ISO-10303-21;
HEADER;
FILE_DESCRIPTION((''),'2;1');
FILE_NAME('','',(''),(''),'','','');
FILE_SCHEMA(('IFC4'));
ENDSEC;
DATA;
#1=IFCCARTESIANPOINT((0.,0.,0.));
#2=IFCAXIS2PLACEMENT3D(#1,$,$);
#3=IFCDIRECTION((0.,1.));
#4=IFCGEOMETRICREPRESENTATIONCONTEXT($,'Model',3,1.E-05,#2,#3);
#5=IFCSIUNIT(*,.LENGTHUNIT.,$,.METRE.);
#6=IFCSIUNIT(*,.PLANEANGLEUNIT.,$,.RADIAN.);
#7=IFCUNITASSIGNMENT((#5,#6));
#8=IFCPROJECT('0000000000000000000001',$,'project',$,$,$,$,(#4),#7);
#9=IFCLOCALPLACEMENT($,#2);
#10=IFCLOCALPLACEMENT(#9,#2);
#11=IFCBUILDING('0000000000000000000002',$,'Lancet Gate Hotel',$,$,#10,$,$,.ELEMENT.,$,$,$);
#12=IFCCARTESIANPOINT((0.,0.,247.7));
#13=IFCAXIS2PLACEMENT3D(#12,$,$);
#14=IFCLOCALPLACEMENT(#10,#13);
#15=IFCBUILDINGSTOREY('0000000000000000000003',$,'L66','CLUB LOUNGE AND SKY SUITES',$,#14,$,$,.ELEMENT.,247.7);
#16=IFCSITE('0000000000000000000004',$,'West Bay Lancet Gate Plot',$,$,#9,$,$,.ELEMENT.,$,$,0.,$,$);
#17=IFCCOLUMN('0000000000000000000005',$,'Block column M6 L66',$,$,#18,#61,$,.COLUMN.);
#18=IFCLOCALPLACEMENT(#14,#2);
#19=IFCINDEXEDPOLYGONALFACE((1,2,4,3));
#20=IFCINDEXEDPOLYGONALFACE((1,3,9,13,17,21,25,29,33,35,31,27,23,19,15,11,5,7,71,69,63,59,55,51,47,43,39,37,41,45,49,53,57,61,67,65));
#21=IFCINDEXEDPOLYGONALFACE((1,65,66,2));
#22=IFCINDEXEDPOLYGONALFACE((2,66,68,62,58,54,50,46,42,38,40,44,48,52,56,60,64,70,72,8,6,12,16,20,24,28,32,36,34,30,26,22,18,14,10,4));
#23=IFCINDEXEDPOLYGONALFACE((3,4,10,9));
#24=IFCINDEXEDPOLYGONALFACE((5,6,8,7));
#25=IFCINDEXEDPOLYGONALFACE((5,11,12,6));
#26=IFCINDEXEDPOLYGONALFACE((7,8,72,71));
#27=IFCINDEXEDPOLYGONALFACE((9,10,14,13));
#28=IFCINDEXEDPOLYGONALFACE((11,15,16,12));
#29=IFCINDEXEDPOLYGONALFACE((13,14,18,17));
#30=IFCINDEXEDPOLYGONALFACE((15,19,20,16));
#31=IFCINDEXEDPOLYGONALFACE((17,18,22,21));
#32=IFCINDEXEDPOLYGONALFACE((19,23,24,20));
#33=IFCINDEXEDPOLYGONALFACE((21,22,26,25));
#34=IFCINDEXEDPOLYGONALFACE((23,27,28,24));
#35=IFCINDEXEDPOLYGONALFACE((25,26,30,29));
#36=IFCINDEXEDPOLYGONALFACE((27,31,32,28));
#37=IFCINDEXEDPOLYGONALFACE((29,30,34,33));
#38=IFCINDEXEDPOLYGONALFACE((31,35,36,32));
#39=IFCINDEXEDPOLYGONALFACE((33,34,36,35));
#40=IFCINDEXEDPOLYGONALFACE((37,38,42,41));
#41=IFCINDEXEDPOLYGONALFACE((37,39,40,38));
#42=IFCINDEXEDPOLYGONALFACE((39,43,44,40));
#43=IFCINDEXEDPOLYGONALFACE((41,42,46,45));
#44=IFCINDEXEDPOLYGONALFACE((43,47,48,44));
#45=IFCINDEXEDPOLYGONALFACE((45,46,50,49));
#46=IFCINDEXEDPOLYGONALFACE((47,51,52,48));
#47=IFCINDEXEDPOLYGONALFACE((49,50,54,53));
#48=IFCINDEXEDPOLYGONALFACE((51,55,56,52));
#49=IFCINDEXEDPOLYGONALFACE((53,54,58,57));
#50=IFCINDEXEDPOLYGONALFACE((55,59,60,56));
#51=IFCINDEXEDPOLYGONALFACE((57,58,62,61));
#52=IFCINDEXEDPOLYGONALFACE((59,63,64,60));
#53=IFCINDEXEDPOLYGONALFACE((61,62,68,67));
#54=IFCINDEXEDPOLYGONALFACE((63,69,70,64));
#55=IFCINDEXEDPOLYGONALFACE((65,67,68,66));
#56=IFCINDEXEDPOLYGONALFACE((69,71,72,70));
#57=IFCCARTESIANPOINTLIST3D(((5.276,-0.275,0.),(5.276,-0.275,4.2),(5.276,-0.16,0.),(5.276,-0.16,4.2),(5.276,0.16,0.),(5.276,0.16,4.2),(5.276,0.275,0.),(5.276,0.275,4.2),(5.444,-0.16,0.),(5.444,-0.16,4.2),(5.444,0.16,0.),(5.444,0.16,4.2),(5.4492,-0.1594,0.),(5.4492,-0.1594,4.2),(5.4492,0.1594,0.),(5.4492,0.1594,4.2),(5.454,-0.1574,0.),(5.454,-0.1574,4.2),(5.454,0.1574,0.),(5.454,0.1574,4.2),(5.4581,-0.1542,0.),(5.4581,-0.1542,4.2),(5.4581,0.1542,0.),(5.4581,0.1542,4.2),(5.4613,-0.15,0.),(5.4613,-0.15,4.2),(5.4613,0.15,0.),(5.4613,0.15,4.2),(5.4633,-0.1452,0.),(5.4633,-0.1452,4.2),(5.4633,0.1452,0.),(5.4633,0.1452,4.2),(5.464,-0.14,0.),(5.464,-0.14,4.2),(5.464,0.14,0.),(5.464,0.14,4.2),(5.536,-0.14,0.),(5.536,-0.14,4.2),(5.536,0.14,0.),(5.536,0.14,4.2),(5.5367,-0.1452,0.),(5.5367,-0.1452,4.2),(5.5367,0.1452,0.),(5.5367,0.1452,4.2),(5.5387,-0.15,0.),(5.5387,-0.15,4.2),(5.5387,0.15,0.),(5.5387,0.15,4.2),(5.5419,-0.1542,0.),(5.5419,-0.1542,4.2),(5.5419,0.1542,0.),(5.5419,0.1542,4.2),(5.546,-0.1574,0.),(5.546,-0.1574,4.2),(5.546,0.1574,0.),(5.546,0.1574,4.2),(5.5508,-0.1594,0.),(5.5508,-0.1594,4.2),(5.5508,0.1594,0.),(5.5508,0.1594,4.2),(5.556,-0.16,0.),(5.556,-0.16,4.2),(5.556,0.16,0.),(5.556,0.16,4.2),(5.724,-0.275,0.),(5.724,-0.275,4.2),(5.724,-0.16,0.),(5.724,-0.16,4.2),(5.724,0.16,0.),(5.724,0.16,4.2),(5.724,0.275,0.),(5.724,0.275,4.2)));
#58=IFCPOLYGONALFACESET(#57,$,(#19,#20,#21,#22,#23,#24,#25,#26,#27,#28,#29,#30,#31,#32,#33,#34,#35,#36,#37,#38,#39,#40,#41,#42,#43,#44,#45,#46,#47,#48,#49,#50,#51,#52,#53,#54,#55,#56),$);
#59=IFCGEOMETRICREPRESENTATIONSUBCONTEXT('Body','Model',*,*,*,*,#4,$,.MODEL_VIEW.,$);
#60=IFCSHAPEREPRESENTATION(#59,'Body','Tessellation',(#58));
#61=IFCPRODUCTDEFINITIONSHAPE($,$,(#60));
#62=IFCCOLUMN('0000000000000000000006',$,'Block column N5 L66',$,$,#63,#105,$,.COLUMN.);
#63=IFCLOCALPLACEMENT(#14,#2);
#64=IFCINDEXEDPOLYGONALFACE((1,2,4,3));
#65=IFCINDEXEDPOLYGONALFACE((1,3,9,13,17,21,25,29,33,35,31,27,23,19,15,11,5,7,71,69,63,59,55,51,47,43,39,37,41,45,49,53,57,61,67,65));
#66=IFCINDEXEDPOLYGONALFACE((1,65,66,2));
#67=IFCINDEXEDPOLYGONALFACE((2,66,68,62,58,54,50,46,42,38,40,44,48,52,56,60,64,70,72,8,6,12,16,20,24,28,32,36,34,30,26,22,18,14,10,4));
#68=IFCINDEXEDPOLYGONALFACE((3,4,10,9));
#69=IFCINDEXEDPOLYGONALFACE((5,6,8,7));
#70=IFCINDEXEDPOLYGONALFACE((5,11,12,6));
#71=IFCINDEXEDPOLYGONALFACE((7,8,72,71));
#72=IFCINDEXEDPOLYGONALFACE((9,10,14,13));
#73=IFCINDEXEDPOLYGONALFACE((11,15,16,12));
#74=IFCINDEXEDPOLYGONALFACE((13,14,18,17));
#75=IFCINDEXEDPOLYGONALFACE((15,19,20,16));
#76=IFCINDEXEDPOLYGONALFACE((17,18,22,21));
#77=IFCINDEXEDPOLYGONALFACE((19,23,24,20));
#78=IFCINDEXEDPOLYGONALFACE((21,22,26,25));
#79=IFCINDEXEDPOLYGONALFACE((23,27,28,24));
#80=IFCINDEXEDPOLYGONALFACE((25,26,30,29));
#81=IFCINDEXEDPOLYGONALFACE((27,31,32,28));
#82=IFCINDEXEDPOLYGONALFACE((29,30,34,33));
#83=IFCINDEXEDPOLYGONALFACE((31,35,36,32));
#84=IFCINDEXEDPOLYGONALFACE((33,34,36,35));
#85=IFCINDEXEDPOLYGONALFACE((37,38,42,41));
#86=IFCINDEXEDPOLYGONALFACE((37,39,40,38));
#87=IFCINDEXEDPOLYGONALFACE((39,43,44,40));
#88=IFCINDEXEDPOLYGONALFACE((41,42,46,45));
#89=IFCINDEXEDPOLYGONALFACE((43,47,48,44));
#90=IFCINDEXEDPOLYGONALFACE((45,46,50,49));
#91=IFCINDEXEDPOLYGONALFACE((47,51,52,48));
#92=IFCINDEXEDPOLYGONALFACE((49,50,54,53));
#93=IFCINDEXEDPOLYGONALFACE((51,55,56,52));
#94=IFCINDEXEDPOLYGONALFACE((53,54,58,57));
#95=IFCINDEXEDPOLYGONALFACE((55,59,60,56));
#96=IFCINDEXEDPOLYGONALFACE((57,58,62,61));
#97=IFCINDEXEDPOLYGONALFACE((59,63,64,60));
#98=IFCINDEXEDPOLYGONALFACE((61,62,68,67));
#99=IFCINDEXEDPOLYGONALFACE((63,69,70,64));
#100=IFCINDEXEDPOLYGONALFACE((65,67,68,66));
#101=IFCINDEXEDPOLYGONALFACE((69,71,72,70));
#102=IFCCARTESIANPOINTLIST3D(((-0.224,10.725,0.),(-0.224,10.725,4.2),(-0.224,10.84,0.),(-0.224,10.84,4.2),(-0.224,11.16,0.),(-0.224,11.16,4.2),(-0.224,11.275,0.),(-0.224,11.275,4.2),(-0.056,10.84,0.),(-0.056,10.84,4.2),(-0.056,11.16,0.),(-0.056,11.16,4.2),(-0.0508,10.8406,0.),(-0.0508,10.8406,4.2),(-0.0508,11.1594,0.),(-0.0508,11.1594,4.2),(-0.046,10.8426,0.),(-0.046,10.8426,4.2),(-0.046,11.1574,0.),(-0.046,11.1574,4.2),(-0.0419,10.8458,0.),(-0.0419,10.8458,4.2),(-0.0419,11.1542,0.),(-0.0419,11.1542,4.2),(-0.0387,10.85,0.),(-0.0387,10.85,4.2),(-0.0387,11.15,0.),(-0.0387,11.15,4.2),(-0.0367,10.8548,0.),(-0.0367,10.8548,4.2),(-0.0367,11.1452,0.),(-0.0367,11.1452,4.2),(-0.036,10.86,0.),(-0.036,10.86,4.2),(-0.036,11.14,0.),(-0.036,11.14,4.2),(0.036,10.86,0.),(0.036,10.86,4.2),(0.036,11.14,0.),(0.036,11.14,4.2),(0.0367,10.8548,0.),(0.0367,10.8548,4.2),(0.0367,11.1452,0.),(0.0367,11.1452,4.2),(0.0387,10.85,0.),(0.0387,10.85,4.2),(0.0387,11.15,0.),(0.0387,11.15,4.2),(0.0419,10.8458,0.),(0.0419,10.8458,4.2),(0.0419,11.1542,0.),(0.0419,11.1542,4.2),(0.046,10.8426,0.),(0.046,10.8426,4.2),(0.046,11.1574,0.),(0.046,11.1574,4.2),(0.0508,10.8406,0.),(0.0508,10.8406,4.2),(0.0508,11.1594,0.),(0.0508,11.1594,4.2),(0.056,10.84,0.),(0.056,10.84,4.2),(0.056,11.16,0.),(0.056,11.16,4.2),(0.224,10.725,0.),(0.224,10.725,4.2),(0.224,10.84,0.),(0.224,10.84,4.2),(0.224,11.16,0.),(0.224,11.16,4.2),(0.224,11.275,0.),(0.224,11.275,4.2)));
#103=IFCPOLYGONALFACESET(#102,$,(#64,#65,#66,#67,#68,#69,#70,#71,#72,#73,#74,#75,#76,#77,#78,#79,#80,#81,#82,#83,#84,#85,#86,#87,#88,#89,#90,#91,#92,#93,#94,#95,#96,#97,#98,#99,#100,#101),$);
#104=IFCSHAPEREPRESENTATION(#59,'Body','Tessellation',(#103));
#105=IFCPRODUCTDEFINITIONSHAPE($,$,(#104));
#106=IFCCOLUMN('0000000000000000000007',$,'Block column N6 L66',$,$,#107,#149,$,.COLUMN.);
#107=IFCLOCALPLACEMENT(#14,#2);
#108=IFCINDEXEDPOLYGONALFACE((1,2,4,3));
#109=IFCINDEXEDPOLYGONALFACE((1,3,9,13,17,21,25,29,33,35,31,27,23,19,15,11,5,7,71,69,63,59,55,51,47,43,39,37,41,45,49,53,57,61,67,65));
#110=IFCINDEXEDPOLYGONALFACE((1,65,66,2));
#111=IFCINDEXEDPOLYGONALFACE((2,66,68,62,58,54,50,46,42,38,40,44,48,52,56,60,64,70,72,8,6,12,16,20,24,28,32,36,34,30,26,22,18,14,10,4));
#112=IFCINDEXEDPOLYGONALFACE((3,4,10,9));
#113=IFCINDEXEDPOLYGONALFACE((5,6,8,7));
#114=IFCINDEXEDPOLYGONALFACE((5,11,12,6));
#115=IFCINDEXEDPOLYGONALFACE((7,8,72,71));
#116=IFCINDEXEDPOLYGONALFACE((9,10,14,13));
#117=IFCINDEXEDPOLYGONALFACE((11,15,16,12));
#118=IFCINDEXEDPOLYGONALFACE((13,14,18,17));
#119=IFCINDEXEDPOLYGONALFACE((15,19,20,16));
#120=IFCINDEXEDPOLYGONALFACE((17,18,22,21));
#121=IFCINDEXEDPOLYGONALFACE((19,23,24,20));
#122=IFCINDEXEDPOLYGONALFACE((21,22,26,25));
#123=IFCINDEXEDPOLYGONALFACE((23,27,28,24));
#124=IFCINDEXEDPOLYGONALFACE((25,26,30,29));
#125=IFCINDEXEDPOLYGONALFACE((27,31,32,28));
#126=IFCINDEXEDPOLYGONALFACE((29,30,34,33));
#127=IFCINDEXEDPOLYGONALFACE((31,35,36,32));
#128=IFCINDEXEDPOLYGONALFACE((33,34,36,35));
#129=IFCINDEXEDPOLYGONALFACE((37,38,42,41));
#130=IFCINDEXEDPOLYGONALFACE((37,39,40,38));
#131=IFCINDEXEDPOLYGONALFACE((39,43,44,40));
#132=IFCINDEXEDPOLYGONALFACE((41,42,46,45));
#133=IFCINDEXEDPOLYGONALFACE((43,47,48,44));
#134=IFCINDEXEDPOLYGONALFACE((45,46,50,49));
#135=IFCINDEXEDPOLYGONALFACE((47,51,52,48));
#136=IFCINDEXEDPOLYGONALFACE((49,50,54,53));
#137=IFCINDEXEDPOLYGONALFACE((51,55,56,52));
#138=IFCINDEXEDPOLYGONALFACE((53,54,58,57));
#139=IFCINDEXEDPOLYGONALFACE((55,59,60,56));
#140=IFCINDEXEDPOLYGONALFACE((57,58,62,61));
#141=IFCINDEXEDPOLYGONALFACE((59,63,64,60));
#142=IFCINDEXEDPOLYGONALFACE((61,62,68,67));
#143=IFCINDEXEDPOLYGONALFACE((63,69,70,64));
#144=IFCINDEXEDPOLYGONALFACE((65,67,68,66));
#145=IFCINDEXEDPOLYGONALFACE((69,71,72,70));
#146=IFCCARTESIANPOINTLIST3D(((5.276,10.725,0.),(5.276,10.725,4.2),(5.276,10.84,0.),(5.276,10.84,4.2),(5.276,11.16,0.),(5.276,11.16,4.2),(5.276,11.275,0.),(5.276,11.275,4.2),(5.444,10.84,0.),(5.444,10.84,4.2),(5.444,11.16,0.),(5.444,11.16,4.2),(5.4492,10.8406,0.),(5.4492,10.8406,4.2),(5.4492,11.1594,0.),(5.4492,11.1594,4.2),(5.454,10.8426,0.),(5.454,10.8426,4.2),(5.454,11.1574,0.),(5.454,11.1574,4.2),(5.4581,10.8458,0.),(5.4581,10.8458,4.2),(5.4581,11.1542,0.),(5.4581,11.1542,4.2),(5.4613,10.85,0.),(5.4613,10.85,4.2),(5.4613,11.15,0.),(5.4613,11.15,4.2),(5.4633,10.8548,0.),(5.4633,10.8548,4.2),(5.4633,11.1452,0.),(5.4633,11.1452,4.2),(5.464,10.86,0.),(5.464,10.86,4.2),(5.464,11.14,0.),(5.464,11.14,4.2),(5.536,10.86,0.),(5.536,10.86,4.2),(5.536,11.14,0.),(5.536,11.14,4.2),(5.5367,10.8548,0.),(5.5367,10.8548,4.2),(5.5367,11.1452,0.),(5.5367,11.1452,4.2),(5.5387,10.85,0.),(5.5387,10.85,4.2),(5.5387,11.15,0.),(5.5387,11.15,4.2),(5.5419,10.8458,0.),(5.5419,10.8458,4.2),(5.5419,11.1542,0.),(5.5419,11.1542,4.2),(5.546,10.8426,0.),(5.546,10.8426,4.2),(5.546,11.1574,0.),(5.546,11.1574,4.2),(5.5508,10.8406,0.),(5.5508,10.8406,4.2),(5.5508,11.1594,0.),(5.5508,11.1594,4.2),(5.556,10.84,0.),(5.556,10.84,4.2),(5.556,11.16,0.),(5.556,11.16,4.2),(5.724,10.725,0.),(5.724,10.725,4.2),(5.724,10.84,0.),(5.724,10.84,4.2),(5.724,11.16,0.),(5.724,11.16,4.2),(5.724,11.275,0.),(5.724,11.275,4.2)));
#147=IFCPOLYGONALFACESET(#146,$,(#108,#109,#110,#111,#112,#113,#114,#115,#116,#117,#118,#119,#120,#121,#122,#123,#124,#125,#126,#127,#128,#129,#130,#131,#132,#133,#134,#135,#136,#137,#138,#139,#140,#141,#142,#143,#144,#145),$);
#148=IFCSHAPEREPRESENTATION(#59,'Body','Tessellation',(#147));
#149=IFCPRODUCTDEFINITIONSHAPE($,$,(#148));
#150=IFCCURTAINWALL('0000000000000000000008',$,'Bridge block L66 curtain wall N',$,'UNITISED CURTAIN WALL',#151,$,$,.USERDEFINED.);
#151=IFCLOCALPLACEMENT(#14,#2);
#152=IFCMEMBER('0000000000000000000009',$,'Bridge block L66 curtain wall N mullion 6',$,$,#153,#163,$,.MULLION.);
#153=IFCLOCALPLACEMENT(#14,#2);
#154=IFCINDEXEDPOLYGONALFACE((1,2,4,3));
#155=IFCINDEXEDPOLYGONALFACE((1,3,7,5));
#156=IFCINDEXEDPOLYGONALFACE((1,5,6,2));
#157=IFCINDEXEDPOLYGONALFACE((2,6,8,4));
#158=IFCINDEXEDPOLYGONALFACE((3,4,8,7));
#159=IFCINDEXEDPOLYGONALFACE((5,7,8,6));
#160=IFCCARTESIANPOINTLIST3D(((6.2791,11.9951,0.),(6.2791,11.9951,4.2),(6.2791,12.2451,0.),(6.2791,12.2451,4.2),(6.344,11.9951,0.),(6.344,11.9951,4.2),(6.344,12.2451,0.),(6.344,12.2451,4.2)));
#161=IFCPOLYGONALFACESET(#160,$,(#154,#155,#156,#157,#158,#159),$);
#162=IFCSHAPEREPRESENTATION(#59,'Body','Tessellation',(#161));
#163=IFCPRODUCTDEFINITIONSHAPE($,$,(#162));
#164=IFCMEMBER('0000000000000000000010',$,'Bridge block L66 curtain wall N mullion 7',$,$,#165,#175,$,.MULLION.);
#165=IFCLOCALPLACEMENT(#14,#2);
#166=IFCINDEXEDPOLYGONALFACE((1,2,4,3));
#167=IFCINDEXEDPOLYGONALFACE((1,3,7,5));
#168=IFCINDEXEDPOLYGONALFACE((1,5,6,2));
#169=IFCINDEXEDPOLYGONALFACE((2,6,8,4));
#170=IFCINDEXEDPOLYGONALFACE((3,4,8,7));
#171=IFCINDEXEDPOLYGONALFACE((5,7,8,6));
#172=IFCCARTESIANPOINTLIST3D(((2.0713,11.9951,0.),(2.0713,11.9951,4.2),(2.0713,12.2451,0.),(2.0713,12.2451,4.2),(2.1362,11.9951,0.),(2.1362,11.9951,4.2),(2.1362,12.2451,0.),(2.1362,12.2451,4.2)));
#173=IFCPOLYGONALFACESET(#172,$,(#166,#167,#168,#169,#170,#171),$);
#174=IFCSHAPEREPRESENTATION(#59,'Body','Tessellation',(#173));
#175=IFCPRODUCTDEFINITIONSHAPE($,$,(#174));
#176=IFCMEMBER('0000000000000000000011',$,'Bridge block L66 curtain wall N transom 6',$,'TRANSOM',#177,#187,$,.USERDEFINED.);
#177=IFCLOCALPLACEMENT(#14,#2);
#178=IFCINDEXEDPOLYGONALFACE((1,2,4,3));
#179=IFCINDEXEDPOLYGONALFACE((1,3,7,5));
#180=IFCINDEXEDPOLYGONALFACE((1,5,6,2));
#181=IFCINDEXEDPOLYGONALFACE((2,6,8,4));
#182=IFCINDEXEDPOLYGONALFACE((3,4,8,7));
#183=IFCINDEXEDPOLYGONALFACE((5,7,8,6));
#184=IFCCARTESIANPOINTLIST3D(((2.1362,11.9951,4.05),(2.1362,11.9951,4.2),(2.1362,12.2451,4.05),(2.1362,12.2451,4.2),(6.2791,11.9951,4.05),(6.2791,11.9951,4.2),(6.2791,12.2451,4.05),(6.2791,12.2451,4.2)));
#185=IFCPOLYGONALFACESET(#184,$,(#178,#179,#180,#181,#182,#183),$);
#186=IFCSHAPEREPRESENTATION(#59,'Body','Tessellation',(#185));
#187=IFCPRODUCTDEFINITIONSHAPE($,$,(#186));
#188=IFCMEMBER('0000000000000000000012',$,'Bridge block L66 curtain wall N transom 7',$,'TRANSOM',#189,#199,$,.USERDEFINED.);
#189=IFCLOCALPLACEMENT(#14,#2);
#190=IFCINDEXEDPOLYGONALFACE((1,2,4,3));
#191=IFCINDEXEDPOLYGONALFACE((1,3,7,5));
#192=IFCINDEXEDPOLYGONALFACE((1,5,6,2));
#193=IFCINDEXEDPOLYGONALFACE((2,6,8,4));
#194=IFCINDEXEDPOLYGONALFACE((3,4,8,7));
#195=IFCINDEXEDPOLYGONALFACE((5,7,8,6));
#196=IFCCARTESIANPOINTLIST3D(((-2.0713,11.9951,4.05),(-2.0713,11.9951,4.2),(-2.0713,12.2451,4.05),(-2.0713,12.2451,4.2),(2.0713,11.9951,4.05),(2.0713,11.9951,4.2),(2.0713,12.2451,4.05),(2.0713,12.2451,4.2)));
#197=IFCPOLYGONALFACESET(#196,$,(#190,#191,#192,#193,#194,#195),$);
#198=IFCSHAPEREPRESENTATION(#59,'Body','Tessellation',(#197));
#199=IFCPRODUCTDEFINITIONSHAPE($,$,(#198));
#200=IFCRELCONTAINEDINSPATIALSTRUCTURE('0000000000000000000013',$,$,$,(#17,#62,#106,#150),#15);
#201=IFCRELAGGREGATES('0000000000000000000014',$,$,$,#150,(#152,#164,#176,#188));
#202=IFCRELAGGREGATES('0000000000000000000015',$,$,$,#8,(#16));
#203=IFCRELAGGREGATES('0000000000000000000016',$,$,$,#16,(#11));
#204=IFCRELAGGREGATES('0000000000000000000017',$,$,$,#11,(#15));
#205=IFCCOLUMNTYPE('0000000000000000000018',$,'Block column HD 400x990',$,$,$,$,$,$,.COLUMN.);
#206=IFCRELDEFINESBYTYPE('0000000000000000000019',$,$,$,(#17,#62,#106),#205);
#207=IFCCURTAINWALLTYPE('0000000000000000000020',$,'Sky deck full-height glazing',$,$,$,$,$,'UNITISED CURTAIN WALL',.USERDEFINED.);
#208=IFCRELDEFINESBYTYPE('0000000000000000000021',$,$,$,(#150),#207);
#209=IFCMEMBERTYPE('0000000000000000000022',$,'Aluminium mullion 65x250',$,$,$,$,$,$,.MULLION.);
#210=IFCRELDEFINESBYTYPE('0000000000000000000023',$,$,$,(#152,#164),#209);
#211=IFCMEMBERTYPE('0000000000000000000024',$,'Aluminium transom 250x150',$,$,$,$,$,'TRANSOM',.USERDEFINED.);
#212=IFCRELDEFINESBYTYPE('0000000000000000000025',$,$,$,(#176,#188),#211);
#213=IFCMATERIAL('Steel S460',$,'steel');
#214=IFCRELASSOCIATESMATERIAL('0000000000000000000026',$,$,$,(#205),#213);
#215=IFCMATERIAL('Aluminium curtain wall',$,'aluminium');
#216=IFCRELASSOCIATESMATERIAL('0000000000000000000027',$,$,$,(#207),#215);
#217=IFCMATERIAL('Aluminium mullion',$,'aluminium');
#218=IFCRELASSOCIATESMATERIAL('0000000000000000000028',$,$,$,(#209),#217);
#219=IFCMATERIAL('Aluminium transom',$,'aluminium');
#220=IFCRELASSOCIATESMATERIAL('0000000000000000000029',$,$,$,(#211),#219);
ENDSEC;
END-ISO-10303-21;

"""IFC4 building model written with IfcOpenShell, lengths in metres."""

from ifc_helpers import new_model, si_unit, direction, frame, origin, origin_2d, place, context, subcontext, project, spatial, rectangle, i_section, extrude, material, material_profile, profile_set, type_object, element, aggregate, save


model = new_model("IFC4")

# Units and contexts
model_context = context("Model", 3, precision=1e-05, world=origin(), true_north=direction((0.0, 1.0)))
body_context = subcontext(model_context, "Body", "Model", "MODEL_VIEW")
ifc_project = project(units=[si_unit("LENGTHUNIT", "METRE"), si_unit("PLANEANGLEUNIT", "RADIAN")], contexts=[model_context])

# Site, building, storey
site_placement = place(None, origin())
site = spatial("IfcSite", under=ifc_project, at=site_placement, Name="West Bay Lancet Gate Plot", CompositionType="ELEMENT", RefElevation=0.0)
building_placement = place(site_placement, origin())
building = spatial("IfcBuilding", under=site, at=building_placement, Name="Lancet Gate Hotel", CompositionType="ELEMENT")
storey_placement = place(building_placement, frame((0.0, 0.0, 247.7)))
storey = spatial("IfcBuildingStorey", under=building, at=storey_placement, Name="L66", Description="CLUB LOUNGE AND SKY SUITES", CompositionType="ELEMENT", Elevation=247.7)

# Columns
ifc_material_1 = material(Name="Steel S460", Category="steel")
ifc_material_profile_1 = material_profile(ifc_material_1, i_section(OverallWidth=0.448, OverallDepth=0.55, WebThickness=0.072, FlangeThickness=0.115, FilletRadius=0.02, at=origin_2d()), Name="HD 400x990")
ifc_profile_set_1 = profile_set([ifc_material_profile_1], Name="Steel S460")
column_type = type_object("IfcColumnType", Name="Block column HD 400x990", PredefinedType="COLUMN", material=ifc_profile_set_1)
for number, where, z_axis, x_axis, name in (
    (1, (5.5, 0.0, 0.0), (0.0, 0.0, 1.0), (1.0, 0.0, 0.0), "Block column M6 L66"),
    (2, (0.0, 11.0, 0.0), (0.0, 0.0, 1.0), (1.0, 0.0, 0.0), "Block column N5 L66"),
    (3, (5.5, 11.0, 0.0), (0.0, 0.0, 1.0), (1.0, 0.0, 0.0), "Block column N6 L66"),
):
    element("IfcColumn", number, at=place(storey_placement, frame(where, z_axis=z_axis, x_axis=x_axis)), inside=storey, type_object=column_type, Name=name, PredefinedType="COLUMN", context=body_context, shape_type="SweptSolid", body=[
        extrude(i_section(OverallWidth=0.448, OverallDepth=0.55, WebThickness=0.072, FlangeThickness=0.115, FilletRadius=0.02, at=origin_2d()), origin(), (0.0, 0.0, 1.0), 4.2),
    ])

# Curtain wall, members
ifc_material_2 = material(Name="Aluminium curtain wall", Category="aluminium")
curtain_wall_type = type_object("IfcCurtainWallType", Name="Sky deck full-height glazing", ElementType="UNITISED CURTAIN WALL", PredefinedType="USERDEFINED", material=ifc_material_2)
curtain_wall_placement = place(storey_placement, origin())
curtain_wall = element("IfcCurtainWall", 4, at=curtain_wall_placement, inside=storey, type_object=curtain_wall_type, Name="Bridge block L66 curtain wall N", ObjectType="UNITISED CURTAIN WALL", PredefinedType="USERDEFINED")
ifc_material_3 = material(Name="Aluminium mullion", Category="aluminium")
ifc_material_profile_2 = material_profile(ifc_material_3, rectangle(XDim=0.0649, YDim=0.25, at=origin_2d()), Name="MULLION 65x250")
ifc_profile_set_2 = profile_set([ifc_material_profile_2], Name="Aluminium mullion")
member_type_1 = type_object("IfcMemberType", Name="Aluminium mullion 65x250", PredefinedType="MULLION", material=ifc_profile_set_2)
member_1_placement = place(storey_placement, frame((6.3115, 12.1201, 0.0), z_axis=(0.0, 0.0, 1.0), x_axis=(-1.0, 0.0, 0.0)))
member_1 = element("IfcMember", 5, at=member_1_placement, type_object=member_type_1, Name="Bridge block L66 curtain wall N mullion 6", PredefinedType="MULLION", context=body_context, shape_type="SweptSolid", body=[
    extrude(rectangle(XDim=0.0649, YDim=0.25, at=origin_2d()), origin(), (0.0, 0.0, 1.0), 4.2),
])
member_2_placement = place(storey_placement, frame((2.1038, 12.1201, 0.0), z_axis=(0.0, 0.0, 1.0), x_axis=(-1.0, 0.0, 0.0)))
member_2 = element("IfcMember", 6, at=member_2_placement, type_object=member_type_1, Name="Bridge block L66 curtain wall N mullion 7", PredefinedType="MULLION", context=body_context, shape_type="SweptSolid", body=[
    extrude(rectangle(XDim=0.0649, YDim=0.25, at=origin_2d()), origin(), (0.0, 0.0, 1.0), 4.2),
])
ifc_material_4 = material(Name="Aluminium transom", Category="aluminium")
ifc_material_profile_3 = material_profile(ifc_material_4, rectangle(XDim=0.25, YDim=0.1499, at=origin_2d()), Name="TRANSOM 250x150")
ifc_profile_set_3 = profile_set([ifc_material_profile_3], Name="Aluminium transom")
member_type_2 = type_object("IfcMemberType", Name="Aluminium transom 250x150", ElementType="TRANSOM", PredefinedType="USERDEFINED", material=ifc_profile_set_3)
member_3_placement = place(storey_placement, frame((6.2791, 12.1201, 4.125), z_axis=(-1.0, 0.0, 0.0), x_axis=(0.0, -1.0, 0.0)))
member_3 = element("IfcMember", 7, at=member_3_placement, type_object=member_type_2, Name="Bridge block L66 curtain wall N transom 6", ObjectType="TRANSOM", PredefinedType="USERDEFINED", context=body_context, shape_type="SweptSolid", body=[
    extrude(rectangle(XDim=0.25, YDim=0.1499, at=origin_2d()), origin(), (0.0, 0.0, 1.0), 4.1428),
])
member_4_placement = place(storey_placement, frame((2.0713, 12.1201, 4.125), z_axis=(-1.0, 0.0, 0.0), x_axis=(0.0, -1.0, 0.0)))
member_4 = element("IfcMember", 8, at=member_4_placement, type_object=member_type_2, Name="Bridge block L66 curtain wall N transom 7", ObjectType="TRANSOM", PredefinedType="USERDEFINED", context=body_context, shape_type="SweptSolid", body=[
    extrude(rectangle(XDim=0.25, YDim=0.1499, at=origin_2d()), origin(), (0.0, 0.0, 1.0), 4.1426),
])

aggregate(curtain_wall, [member_1, member_2, member_3, member_4])

save(model, "model.ifc")
